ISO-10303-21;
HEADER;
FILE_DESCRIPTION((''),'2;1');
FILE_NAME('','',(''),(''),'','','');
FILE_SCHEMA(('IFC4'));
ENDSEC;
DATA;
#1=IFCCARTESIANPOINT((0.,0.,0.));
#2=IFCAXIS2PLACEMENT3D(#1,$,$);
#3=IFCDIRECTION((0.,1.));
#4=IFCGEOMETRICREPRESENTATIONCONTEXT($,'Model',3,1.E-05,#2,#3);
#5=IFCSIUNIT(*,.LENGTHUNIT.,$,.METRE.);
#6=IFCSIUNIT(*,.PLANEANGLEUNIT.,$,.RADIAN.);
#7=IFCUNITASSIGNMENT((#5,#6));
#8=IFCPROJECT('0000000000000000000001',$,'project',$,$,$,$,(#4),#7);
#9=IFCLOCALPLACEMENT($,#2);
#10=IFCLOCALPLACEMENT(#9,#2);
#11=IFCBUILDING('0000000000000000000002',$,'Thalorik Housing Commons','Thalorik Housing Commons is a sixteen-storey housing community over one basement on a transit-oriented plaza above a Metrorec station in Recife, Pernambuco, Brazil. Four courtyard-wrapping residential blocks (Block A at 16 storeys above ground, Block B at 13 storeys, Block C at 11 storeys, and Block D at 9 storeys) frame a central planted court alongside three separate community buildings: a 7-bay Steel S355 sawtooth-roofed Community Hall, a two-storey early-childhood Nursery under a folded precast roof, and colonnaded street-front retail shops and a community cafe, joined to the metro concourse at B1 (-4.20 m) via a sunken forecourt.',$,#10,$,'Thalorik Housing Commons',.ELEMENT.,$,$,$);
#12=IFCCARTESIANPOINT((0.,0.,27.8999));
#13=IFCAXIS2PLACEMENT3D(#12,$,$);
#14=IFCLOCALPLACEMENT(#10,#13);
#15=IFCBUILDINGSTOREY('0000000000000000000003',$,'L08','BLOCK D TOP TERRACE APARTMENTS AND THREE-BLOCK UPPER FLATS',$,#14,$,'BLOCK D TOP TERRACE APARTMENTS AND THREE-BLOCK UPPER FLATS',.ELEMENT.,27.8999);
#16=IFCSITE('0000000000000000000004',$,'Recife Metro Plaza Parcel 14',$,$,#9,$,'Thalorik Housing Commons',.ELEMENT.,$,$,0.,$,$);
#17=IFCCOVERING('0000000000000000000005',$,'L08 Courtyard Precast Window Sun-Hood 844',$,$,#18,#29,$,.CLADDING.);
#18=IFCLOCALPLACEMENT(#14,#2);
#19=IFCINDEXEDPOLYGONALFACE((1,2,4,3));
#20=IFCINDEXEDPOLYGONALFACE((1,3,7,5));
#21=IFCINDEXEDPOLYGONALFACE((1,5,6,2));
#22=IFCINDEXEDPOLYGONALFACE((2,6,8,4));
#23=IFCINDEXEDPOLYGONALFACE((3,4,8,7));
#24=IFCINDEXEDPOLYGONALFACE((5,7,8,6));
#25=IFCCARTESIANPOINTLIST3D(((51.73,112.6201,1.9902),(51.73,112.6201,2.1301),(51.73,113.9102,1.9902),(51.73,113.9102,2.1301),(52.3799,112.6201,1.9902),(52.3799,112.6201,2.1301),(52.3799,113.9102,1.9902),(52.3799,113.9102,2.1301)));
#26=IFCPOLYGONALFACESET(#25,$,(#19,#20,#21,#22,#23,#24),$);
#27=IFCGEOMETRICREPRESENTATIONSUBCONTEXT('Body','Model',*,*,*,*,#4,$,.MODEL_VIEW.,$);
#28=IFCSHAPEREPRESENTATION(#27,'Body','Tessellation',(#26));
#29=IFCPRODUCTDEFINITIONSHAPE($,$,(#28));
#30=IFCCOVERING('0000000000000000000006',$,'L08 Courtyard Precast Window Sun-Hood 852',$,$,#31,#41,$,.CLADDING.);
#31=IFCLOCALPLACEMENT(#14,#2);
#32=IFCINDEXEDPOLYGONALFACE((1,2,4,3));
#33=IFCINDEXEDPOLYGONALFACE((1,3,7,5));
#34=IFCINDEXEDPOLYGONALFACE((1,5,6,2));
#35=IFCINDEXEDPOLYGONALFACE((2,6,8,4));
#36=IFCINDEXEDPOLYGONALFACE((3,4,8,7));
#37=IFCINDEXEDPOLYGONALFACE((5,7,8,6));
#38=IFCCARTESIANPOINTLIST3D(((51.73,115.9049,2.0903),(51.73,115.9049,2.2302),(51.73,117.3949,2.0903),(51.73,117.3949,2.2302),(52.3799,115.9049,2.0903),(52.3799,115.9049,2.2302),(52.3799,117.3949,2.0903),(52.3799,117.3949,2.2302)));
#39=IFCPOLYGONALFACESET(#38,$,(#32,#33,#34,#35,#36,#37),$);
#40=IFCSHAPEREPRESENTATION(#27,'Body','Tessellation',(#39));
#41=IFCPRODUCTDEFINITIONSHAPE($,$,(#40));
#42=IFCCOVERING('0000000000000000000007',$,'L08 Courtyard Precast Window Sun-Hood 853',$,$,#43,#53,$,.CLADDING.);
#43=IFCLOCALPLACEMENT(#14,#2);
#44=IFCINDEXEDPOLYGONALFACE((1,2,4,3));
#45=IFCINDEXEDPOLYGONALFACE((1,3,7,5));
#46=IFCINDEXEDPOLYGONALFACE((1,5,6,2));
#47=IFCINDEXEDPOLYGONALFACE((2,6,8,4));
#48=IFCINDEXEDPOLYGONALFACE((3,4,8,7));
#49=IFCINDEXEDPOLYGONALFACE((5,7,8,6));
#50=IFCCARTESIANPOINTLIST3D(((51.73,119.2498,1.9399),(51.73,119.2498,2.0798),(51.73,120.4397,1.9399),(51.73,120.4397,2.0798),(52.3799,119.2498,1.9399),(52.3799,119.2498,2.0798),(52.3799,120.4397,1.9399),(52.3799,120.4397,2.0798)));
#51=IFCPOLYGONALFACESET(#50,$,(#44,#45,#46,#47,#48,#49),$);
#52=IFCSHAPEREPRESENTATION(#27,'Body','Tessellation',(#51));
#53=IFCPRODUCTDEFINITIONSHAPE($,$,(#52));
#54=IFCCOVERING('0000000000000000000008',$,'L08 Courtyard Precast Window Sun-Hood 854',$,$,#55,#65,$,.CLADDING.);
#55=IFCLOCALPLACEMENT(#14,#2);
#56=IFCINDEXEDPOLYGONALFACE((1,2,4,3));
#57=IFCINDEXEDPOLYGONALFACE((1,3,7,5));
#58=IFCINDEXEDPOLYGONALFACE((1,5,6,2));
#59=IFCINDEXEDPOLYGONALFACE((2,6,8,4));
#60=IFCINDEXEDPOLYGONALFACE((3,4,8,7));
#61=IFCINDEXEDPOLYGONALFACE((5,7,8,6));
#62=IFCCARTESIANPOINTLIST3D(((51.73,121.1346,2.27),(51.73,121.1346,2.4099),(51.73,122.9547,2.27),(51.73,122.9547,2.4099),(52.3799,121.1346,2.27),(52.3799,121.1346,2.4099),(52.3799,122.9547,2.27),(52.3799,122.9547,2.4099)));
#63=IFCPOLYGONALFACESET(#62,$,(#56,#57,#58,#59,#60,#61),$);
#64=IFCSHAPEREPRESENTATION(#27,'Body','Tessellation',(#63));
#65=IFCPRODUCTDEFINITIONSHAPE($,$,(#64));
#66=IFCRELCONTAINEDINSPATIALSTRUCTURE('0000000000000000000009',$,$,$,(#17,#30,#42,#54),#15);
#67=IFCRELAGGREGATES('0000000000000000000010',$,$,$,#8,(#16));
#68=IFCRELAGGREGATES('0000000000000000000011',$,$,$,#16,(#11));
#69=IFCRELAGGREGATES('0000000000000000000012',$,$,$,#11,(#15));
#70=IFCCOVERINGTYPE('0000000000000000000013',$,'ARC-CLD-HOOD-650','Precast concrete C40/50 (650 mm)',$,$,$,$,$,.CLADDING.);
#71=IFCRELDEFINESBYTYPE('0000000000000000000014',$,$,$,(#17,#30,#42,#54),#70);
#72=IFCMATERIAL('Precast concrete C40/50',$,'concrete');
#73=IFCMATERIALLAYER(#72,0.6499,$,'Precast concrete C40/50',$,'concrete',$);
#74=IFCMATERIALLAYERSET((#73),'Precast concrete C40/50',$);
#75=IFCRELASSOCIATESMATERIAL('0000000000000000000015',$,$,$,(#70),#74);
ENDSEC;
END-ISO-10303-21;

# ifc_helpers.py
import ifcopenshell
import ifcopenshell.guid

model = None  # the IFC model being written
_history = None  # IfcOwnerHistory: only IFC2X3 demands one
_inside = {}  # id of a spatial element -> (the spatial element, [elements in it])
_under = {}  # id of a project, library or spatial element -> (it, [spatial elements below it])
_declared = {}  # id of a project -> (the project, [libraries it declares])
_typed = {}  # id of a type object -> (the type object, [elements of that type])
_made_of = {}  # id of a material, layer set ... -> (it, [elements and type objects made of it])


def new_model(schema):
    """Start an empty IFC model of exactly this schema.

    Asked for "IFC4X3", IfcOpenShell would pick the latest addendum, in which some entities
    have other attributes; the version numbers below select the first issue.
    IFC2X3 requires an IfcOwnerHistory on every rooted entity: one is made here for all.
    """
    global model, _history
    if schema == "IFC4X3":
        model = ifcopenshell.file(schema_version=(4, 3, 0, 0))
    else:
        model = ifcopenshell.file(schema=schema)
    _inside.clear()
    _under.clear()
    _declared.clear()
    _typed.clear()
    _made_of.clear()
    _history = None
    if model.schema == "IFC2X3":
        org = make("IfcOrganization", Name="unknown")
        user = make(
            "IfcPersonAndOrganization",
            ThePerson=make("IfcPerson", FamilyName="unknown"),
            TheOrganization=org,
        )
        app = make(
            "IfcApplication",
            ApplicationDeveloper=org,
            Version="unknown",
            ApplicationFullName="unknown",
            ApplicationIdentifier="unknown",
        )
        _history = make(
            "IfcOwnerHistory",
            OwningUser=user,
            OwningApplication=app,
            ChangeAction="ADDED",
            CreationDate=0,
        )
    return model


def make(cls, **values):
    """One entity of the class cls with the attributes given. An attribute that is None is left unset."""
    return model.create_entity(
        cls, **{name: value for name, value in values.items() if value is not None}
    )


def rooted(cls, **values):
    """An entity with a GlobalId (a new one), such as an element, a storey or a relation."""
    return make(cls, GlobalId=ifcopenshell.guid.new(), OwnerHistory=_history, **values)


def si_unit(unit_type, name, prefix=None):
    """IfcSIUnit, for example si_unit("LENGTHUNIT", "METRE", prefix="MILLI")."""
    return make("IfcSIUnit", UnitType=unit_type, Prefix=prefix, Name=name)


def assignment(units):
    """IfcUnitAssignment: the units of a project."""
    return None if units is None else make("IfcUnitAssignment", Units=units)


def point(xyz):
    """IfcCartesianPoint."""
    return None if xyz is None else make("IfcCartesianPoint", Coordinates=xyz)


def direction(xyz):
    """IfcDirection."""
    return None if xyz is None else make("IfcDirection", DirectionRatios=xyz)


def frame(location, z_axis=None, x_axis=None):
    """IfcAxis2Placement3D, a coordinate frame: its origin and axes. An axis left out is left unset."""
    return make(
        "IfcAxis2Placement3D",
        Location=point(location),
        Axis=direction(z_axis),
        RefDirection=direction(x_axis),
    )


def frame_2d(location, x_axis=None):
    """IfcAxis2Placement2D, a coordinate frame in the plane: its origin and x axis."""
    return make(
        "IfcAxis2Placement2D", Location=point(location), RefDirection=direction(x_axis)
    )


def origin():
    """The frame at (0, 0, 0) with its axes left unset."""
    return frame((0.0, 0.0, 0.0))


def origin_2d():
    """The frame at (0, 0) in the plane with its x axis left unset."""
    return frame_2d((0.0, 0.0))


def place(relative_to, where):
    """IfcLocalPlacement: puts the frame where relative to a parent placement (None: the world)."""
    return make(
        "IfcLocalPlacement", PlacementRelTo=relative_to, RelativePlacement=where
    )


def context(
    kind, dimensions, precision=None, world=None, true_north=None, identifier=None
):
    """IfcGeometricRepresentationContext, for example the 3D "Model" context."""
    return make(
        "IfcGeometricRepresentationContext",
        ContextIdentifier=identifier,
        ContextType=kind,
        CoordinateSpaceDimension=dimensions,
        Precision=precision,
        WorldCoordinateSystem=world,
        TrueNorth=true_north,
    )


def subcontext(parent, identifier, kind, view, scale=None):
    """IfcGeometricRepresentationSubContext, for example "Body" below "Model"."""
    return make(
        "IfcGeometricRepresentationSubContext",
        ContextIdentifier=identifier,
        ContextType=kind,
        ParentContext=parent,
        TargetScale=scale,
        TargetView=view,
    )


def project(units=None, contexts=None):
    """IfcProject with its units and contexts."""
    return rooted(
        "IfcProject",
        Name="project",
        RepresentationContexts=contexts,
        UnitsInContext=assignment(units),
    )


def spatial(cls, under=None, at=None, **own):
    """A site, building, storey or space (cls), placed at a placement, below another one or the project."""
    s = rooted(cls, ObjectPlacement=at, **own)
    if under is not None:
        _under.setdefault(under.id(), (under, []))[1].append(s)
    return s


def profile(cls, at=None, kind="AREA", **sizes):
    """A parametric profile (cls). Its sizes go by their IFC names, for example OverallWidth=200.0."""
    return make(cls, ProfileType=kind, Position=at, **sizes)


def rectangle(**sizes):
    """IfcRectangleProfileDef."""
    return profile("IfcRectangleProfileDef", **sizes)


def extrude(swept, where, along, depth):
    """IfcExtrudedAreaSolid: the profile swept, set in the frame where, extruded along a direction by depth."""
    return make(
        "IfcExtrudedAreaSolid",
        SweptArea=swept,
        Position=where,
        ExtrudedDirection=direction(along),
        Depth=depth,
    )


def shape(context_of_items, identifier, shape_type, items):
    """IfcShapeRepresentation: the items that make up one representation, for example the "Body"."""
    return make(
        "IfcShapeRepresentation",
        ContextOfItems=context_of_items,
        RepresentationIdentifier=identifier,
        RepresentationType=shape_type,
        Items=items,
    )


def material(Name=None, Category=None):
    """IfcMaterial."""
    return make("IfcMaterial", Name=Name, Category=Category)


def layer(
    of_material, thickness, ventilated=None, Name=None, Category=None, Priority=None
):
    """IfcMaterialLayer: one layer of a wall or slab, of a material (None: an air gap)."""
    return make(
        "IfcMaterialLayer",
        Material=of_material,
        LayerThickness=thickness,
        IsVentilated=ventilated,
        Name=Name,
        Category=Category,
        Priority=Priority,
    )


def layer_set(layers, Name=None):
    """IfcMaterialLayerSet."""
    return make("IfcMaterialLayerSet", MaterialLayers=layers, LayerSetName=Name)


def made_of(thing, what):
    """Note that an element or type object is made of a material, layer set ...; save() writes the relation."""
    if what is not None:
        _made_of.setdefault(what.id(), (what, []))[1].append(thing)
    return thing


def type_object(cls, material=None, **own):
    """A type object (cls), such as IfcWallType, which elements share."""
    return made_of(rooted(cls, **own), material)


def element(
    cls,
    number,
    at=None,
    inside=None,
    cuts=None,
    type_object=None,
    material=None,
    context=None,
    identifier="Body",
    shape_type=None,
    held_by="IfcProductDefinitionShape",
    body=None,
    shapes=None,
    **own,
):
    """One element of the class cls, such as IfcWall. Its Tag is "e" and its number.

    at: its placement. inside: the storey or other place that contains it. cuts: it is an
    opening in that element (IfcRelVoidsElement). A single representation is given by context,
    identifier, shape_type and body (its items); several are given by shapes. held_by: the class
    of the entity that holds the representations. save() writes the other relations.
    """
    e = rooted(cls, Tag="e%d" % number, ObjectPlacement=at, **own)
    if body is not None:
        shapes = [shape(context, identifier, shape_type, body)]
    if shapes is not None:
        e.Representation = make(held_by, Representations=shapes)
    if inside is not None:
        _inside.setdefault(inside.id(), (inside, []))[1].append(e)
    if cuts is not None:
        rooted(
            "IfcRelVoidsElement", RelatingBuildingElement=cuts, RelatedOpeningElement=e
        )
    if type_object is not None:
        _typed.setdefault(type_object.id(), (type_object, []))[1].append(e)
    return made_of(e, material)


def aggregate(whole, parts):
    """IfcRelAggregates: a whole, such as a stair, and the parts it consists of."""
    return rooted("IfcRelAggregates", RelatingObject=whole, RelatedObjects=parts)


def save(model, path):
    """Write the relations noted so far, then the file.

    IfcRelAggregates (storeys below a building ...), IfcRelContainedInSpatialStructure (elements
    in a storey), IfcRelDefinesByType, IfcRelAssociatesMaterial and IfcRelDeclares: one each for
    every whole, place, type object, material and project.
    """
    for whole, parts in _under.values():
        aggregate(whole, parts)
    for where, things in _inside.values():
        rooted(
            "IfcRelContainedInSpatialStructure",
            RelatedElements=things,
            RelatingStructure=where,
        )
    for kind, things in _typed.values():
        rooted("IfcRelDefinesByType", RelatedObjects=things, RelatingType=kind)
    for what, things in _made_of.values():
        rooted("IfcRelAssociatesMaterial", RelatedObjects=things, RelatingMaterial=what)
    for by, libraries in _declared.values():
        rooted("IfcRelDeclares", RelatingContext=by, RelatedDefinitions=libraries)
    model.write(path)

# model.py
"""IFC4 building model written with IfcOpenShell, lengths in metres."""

from ifc_helpers import new_model, si_unit, direction, frame, origin, origin_2d, place, context, subcontext, project, spatial, rectangle, extrude, material, layer, layer_set, type_object, element, save


model = new_model("IFC4")

# Units and contexts
model_context = context("Model", 3, precision=1e-05, world=origin(), true_north=direction((0.0, 1.0)))
body_context = subcontext(model_context, "Body", "Model", "MODEL_VIEW")
ifc_project = project(units=[si_unit("LENGTHUNIT", "METRE"), si_unit("PLANEANGLEUNIT", "RADIAN")], contexts=[model_context])

# Site, building, storey
site_placement = place(None, origin())
site = spatial("IfcSite", under=ifc_project, at=site_placement, Name="Recife Metro Plaza Parcel 14", LongName="Thalorik Housing Commons", CompositionType="ELEMENT", RefElevation=0.0)
building_placement = place(site_placement, origin())
building = spatial("IfcBuilding", under=site, at=building_placement, Name="Thalorik Housing Commons", Description="Thalorik Housing Commons is a sixteen-storey housing community over one basement on a transit-oriented plaza above a Metrorec station in Recife, Pernambuco, Brazil. Four courtyard-wrapping residential blocks (Block A at 16 storeys above ground, Block B at 13 storeys, Block C at 11 storeys, and Block D at 9 storeys) frame a central planted court alongside three separate community buildings: a 7-bay Steel S355 sawtooth-roofed Community Hall, a two-storey early-childhood Nursery under a folded precast roof, and colonnaded street-front retail shops and a community cafe, joined to the metro concourse at B1 (-4.20 m) via a sunken forecourt.", LongName="Thalorik Housing Commons", CompositionType="ELEMENT")
storey_placement = place(building_placement, frame((0.0, 0.0, 27.8999)))
storey = spatial("IfcBuildingStorey", under=building, at=storey_placement, Name="L08", Description="BLOCK D TOP TERRACE APARTMENTS AND THREE-BLOCK UPPER FLATS", LongName="BLOCK D TOP TERRACE APARTMENTS AND THREE-BLOCK UPPER FLATS", CompositionType="ELEMENT", Elevation=27.8999)

# Shared definitions
ifc_material_1 = material(Name="Precast concrete C40/50", Category="concrete")

# Coverings
ifc_layer_1 = layer(ifc_material_1, 0.6499, Name="Precast concrete C40/50", Category="concrete")
ifc_layer_set_1 = layer_set([ifc_layer_1], Name="Precast concrete C40/50")
covering_type_1 = type_object("IfcCoveringType", Name="ARC-CLD-HOOD-650", Description="Precast concrete C40/50 (650 mm)", PredefinedType="CLADDING", material=ifc_layer_set_1)
covering_1_placement = place(storey_placement, frame((52.0549, 113.2651, 1.9902), z_axis=(0.0, 0.0, 1.0), x_axis=(0.0, 1.0, 0.0)))
element("IfcCovering", 1, at=covering_1_placement, inside=storey, type_object=covering_type_1, Name="L08 Courtyard Precast Window Sun-Hood 844", PredefinedType="CLADDING", context=body_context, shape_type="SweptSolid", body=[
    extrude(rectangle(XDim=1.29, YDim=0.6499, at=origin_2d()), origin(), (0.0, 0.0, 1.0), 0.1399),
])
covering_2_placement = place(storey_placement, frame((52.0549, 116.6499, 2.0903), z_axis=(0.0, 0.0, 1.0), x_axis=(0.0, 1.0, 0.0)))
element("IfcCovering", 2, at=covering_2_placement, inside=storey, type_object=covering_type_1, Name="L08 Courtyard Precast Window Sun-Hood 852", PredefinedType="CLADDING", context=body_context, shape_type="SweptSolid", body=[
    extrude(rectangle(XDim=1.49, YDim=0.6499, at=origin_2d()), origin(), (0.0, 0.0, 1.0), 0.1399),
])
covering_3_placement = place(storey_placement, frame((52.0549, 119.8447, 1.9399), z_axis=(0.0, 0.0, 1.0), x_axis=(0.0, 1.0, 0.0)))
element("IfcCovering", 3, at=covering_3_placement, inside=storey, type_object=covering_type_1, Name="L08 Courtyard Precast Window Sun-Hood 853", PredefinedType="CLADDING", context=body_context, shape_type="SweptSolid", body=[
    extrude(rectangle(XDim=1.1899, YDim=0.6499, at=origin_2d()), origin(), (0.0, 0.0, 1.0), 0.1399),
])
covering_4_placement = place(storey_placement, frame((52.0549, 122.0447, 2.27), z_axis=(0.0, 0.0, 1.0), x_axis=(0.0, 1.0, 0.0)))
element("IfcCovering", 4, at=covering_4_placement, inside=storey, type_object=covering_type_1, Name="L08 Courtyard Precast Window Sun-Hood 854", PredefinedType="CLADDING", context=body_context, shape_type="SweptSolid", body=[
    extrude(rectangle(XDim=1.8201, YDim=0.6499, at=origin_2d()), origin(), (0.0, 0.0, 1.0), 0.1399),
])

save(model, "model.ifc")
